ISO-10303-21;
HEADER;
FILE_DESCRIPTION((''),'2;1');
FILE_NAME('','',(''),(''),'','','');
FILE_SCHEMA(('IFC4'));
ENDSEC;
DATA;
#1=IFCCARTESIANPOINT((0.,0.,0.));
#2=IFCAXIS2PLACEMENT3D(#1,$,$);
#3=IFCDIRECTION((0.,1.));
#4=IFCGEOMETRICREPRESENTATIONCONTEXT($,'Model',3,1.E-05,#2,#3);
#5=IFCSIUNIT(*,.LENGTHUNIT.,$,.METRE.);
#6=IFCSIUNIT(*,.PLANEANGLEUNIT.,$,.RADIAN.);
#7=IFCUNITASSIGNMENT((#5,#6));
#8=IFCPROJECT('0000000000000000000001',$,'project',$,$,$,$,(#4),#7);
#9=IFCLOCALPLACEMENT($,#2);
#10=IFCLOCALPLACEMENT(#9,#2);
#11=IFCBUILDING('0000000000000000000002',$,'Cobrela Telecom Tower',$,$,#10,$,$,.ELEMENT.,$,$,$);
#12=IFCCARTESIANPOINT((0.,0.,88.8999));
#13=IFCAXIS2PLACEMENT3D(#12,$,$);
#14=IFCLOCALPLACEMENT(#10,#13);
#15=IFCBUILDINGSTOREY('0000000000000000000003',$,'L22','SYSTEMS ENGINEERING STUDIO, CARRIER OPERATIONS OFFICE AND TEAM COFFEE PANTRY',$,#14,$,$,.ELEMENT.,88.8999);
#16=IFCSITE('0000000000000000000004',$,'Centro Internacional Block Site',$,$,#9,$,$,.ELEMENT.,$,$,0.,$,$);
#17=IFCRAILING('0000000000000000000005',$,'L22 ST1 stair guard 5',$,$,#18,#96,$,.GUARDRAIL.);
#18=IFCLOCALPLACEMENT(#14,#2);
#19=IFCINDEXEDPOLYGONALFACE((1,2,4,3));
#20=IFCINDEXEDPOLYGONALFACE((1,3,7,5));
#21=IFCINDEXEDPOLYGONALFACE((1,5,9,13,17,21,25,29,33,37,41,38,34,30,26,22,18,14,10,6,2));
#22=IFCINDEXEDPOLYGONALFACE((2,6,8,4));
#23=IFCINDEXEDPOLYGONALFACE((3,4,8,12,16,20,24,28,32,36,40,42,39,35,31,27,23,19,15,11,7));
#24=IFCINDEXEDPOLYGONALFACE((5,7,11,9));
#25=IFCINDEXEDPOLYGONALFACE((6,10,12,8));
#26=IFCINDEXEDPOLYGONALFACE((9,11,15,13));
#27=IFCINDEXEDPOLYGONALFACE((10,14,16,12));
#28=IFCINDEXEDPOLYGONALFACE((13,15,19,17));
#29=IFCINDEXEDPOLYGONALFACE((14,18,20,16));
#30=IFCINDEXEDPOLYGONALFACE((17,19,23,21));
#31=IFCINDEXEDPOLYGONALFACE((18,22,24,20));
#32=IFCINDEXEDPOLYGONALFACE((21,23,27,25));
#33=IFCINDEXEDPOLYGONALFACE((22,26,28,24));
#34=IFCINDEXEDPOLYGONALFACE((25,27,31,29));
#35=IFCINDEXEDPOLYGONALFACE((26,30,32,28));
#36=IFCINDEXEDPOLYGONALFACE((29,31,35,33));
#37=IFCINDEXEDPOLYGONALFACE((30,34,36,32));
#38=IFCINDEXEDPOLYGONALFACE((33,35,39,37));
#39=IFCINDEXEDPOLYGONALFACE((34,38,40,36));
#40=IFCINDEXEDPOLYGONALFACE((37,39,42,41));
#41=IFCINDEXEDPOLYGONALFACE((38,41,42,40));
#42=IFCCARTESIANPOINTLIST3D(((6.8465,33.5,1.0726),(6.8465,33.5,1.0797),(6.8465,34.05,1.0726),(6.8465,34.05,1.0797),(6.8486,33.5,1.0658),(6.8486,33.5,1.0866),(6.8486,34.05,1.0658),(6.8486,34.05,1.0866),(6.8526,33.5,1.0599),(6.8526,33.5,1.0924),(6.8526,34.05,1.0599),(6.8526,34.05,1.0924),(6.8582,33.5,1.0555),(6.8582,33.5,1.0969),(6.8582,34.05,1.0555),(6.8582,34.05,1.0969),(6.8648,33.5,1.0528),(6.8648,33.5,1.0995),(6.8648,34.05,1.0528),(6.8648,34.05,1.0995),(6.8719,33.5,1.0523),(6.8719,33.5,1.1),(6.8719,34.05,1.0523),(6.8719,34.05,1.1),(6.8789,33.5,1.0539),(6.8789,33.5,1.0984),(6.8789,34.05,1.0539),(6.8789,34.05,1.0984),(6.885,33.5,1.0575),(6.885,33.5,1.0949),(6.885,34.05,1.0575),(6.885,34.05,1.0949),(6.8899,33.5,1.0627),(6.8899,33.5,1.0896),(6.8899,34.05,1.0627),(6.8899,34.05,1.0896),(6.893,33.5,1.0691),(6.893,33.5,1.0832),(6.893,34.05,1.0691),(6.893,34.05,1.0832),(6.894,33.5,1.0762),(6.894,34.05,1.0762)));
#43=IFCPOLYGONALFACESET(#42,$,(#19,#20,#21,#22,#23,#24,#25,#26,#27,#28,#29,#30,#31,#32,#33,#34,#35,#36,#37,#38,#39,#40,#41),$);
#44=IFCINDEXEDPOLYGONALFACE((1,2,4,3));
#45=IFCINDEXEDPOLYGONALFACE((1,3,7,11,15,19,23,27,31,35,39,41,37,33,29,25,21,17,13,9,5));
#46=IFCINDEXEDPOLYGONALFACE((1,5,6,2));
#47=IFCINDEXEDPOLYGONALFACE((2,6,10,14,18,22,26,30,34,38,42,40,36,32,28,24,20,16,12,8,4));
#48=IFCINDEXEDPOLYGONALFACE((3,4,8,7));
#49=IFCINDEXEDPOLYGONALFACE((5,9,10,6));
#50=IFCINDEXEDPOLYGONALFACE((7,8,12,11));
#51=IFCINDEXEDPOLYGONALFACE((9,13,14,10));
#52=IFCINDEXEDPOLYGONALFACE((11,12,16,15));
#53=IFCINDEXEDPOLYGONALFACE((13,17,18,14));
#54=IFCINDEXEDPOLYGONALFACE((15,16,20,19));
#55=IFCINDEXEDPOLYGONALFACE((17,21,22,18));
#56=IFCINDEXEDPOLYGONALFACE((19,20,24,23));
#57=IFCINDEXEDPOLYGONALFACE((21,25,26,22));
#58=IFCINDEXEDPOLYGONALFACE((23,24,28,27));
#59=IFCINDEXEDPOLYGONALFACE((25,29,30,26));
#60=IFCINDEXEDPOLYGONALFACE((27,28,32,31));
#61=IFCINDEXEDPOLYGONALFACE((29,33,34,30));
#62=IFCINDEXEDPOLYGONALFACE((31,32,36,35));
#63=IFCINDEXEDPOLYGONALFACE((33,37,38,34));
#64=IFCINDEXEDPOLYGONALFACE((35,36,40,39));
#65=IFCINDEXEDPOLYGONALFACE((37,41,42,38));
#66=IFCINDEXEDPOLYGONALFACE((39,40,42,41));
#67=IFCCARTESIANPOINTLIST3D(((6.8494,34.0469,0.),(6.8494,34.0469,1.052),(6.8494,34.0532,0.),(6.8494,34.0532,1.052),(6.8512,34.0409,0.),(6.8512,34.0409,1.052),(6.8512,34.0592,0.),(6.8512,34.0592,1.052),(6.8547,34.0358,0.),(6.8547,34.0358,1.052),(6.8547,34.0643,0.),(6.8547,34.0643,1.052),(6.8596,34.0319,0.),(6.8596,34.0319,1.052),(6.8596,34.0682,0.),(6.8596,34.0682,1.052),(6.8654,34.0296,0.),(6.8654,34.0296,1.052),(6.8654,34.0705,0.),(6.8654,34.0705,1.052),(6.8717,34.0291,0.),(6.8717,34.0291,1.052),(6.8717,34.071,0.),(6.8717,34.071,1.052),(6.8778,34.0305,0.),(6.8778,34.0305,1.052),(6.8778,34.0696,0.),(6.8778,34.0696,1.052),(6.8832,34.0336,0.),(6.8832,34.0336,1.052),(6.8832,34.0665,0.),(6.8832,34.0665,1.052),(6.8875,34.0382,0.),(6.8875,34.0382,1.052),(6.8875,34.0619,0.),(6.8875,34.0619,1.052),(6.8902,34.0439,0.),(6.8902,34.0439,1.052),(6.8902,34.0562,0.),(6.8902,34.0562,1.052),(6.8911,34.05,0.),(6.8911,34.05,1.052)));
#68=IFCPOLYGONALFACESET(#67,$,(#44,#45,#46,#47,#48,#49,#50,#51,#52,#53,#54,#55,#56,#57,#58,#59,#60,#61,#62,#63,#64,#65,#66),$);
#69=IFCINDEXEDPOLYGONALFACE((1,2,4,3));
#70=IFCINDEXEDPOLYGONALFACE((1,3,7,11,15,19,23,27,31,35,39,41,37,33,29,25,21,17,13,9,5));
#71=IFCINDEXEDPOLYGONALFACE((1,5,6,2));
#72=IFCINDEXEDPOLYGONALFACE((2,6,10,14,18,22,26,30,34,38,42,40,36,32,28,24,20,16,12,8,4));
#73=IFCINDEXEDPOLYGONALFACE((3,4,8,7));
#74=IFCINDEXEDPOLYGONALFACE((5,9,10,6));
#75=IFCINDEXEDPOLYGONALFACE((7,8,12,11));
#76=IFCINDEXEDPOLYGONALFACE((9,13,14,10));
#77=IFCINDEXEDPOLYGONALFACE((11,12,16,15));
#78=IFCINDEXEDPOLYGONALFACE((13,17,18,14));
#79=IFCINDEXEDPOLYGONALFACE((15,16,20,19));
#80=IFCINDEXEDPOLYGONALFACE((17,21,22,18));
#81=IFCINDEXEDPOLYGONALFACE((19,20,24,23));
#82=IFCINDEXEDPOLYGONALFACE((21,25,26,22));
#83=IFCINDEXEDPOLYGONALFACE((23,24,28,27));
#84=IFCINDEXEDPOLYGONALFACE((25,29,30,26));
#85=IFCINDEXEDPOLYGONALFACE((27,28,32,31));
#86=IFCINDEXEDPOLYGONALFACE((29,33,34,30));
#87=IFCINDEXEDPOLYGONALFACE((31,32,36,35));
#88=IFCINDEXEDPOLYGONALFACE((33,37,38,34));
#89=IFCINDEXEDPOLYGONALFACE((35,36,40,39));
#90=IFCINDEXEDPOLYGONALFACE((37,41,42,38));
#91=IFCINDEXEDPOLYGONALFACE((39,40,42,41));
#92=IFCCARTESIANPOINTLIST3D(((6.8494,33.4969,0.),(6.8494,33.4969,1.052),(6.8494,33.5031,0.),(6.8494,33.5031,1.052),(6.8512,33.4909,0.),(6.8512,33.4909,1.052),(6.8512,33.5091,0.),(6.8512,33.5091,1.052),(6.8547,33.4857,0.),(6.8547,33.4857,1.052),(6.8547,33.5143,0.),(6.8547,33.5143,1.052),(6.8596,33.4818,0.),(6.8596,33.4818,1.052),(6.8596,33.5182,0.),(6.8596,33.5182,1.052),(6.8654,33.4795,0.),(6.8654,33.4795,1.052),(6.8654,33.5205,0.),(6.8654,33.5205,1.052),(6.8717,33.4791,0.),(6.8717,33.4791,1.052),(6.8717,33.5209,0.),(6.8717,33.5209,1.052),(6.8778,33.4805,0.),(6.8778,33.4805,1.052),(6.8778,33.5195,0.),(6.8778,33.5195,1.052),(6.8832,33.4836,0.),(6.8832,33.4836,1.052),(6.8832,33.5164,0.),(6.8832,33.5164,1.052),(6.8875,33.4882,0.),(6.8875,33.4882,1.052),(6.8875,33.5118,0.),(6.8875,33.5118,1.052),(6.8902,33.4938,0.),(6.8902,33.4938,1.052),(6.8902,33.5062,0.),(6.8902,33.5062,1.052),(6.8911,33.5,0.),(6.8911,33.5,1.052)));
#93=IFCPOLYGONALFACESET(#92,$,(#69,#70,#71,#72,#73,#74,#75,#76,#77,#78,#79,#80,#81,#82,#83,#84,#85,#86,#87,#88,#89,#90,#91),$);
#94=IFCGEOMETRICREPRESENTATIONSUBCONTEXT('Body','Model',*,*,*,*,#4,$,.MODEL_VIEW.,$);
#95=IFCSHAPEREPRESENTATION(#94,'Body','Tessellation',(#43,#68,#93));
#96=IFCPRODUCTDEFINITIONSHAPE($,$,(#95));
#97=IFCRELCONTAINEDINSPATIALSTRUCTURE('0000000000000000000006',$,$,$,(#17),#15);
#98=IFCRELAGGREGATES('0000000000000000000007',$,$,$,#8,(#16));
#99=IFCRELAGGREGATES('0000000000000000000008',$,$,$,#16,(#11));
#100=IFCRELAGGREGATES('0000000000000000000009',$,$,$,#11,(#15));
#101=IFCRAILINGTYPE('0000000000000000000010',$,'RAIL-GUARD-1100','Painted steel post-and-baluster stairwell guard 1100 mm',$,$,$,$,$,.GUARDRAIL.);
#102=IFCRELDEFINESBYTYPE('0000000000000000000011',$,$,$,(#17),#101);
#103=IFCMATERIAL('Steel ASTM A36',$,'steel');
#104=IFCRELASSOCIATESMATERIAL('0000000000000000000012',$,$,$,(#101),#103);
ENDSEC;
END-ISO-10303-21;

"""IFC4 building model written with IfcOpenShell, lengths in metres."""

from ifc_helpers import new_model, si_unit, direction, frame, origin, origin_2d, place, context, subcontext, project, spatial, circle, extrude, material, type_object, element, save


model = new_model("IFC4")

# Units and contexts
model_context = context("Model", 3, precision=1e-05, world=origin(), true_north=direction((0.0, 1.0)))
body_context = subcontext(model_context, "Body", "Model", "MODEL_VIEW")
ifc_project = project(units=[si_unit("LENGTHUNIT", "METRE"), si_unit("PLANEANGLEUNIT", "RADIAN")], contexts=[model_context])

# Site, building, storey
site_placement = place(None, origin())
site = spatial("IfcSite", under=ifc_project, at=site_placement, Name="Centro Internacional Block Site", CompositionType="ELEMENT", RefElevation=0.0)
building_placement = place(site_placement, origin())
building = spatial("IfcBuilding", under=site, at=building_placement, Name="Cobrela Telecom Tower", CompositionType="ELEMENT")
storey_placement = place(building_placement, frame((0.0, 0.0, 88.8999)))
storey = spatial("IfcBuildingStorey", under=building, at=storey_placement, Name="L22", Description="SYSTEMS ENGINEERING STUDIO, CARRIER OPERATIONS OFFICE AND TEAM COFFEE PANTRY", CompositionType="ELEMENT", Elevation=88.8999)

# Shared definitions
ifc_material_1 = material(Name="Steel ASTM A36", Category="steel")

# Railing
railing_type_1 = type_object("IfcRailingType", Name="RAIL-GUARD-1100", Description="Painted steel post-and-baluster stairwell guard 1100 mm", PredefinedType="GUARDRAIL", material=ifc_material_1)
railing_1_placement = place(storey_placement, frame((6.8701, 34.05, 0.0)))
element("IfcRailing", 1, at=railing_1_placement, inside=storey, type_object=railing_type_1, Name="L22 ST1 stair guard 5", PredefinedType="GUARDRAIL", context=body_context, shape_type="SweptSolid", body=[
    extrude(circle(Radius=0.0239, at=origin_2d()), frame((0.0, 0.0, 1.0762), z_axis=(0.0, -1.0, 0.0), x_axis=(1.0, 0.0, 0.0)), (0.0, 0.0, 1.0), 0.55),
    extrude(circle(Radius=0.021, at=origin_2d()), origin(), (0.0, 0.0, 1.0), 1.052),
    extrude(circle(Radius=0.021, at=origin_2d()), frame((0.0, -0.55, 0.0)), (0.0, 0.0, 1.0), 1.052),
])

save(model, "model.ifc")
